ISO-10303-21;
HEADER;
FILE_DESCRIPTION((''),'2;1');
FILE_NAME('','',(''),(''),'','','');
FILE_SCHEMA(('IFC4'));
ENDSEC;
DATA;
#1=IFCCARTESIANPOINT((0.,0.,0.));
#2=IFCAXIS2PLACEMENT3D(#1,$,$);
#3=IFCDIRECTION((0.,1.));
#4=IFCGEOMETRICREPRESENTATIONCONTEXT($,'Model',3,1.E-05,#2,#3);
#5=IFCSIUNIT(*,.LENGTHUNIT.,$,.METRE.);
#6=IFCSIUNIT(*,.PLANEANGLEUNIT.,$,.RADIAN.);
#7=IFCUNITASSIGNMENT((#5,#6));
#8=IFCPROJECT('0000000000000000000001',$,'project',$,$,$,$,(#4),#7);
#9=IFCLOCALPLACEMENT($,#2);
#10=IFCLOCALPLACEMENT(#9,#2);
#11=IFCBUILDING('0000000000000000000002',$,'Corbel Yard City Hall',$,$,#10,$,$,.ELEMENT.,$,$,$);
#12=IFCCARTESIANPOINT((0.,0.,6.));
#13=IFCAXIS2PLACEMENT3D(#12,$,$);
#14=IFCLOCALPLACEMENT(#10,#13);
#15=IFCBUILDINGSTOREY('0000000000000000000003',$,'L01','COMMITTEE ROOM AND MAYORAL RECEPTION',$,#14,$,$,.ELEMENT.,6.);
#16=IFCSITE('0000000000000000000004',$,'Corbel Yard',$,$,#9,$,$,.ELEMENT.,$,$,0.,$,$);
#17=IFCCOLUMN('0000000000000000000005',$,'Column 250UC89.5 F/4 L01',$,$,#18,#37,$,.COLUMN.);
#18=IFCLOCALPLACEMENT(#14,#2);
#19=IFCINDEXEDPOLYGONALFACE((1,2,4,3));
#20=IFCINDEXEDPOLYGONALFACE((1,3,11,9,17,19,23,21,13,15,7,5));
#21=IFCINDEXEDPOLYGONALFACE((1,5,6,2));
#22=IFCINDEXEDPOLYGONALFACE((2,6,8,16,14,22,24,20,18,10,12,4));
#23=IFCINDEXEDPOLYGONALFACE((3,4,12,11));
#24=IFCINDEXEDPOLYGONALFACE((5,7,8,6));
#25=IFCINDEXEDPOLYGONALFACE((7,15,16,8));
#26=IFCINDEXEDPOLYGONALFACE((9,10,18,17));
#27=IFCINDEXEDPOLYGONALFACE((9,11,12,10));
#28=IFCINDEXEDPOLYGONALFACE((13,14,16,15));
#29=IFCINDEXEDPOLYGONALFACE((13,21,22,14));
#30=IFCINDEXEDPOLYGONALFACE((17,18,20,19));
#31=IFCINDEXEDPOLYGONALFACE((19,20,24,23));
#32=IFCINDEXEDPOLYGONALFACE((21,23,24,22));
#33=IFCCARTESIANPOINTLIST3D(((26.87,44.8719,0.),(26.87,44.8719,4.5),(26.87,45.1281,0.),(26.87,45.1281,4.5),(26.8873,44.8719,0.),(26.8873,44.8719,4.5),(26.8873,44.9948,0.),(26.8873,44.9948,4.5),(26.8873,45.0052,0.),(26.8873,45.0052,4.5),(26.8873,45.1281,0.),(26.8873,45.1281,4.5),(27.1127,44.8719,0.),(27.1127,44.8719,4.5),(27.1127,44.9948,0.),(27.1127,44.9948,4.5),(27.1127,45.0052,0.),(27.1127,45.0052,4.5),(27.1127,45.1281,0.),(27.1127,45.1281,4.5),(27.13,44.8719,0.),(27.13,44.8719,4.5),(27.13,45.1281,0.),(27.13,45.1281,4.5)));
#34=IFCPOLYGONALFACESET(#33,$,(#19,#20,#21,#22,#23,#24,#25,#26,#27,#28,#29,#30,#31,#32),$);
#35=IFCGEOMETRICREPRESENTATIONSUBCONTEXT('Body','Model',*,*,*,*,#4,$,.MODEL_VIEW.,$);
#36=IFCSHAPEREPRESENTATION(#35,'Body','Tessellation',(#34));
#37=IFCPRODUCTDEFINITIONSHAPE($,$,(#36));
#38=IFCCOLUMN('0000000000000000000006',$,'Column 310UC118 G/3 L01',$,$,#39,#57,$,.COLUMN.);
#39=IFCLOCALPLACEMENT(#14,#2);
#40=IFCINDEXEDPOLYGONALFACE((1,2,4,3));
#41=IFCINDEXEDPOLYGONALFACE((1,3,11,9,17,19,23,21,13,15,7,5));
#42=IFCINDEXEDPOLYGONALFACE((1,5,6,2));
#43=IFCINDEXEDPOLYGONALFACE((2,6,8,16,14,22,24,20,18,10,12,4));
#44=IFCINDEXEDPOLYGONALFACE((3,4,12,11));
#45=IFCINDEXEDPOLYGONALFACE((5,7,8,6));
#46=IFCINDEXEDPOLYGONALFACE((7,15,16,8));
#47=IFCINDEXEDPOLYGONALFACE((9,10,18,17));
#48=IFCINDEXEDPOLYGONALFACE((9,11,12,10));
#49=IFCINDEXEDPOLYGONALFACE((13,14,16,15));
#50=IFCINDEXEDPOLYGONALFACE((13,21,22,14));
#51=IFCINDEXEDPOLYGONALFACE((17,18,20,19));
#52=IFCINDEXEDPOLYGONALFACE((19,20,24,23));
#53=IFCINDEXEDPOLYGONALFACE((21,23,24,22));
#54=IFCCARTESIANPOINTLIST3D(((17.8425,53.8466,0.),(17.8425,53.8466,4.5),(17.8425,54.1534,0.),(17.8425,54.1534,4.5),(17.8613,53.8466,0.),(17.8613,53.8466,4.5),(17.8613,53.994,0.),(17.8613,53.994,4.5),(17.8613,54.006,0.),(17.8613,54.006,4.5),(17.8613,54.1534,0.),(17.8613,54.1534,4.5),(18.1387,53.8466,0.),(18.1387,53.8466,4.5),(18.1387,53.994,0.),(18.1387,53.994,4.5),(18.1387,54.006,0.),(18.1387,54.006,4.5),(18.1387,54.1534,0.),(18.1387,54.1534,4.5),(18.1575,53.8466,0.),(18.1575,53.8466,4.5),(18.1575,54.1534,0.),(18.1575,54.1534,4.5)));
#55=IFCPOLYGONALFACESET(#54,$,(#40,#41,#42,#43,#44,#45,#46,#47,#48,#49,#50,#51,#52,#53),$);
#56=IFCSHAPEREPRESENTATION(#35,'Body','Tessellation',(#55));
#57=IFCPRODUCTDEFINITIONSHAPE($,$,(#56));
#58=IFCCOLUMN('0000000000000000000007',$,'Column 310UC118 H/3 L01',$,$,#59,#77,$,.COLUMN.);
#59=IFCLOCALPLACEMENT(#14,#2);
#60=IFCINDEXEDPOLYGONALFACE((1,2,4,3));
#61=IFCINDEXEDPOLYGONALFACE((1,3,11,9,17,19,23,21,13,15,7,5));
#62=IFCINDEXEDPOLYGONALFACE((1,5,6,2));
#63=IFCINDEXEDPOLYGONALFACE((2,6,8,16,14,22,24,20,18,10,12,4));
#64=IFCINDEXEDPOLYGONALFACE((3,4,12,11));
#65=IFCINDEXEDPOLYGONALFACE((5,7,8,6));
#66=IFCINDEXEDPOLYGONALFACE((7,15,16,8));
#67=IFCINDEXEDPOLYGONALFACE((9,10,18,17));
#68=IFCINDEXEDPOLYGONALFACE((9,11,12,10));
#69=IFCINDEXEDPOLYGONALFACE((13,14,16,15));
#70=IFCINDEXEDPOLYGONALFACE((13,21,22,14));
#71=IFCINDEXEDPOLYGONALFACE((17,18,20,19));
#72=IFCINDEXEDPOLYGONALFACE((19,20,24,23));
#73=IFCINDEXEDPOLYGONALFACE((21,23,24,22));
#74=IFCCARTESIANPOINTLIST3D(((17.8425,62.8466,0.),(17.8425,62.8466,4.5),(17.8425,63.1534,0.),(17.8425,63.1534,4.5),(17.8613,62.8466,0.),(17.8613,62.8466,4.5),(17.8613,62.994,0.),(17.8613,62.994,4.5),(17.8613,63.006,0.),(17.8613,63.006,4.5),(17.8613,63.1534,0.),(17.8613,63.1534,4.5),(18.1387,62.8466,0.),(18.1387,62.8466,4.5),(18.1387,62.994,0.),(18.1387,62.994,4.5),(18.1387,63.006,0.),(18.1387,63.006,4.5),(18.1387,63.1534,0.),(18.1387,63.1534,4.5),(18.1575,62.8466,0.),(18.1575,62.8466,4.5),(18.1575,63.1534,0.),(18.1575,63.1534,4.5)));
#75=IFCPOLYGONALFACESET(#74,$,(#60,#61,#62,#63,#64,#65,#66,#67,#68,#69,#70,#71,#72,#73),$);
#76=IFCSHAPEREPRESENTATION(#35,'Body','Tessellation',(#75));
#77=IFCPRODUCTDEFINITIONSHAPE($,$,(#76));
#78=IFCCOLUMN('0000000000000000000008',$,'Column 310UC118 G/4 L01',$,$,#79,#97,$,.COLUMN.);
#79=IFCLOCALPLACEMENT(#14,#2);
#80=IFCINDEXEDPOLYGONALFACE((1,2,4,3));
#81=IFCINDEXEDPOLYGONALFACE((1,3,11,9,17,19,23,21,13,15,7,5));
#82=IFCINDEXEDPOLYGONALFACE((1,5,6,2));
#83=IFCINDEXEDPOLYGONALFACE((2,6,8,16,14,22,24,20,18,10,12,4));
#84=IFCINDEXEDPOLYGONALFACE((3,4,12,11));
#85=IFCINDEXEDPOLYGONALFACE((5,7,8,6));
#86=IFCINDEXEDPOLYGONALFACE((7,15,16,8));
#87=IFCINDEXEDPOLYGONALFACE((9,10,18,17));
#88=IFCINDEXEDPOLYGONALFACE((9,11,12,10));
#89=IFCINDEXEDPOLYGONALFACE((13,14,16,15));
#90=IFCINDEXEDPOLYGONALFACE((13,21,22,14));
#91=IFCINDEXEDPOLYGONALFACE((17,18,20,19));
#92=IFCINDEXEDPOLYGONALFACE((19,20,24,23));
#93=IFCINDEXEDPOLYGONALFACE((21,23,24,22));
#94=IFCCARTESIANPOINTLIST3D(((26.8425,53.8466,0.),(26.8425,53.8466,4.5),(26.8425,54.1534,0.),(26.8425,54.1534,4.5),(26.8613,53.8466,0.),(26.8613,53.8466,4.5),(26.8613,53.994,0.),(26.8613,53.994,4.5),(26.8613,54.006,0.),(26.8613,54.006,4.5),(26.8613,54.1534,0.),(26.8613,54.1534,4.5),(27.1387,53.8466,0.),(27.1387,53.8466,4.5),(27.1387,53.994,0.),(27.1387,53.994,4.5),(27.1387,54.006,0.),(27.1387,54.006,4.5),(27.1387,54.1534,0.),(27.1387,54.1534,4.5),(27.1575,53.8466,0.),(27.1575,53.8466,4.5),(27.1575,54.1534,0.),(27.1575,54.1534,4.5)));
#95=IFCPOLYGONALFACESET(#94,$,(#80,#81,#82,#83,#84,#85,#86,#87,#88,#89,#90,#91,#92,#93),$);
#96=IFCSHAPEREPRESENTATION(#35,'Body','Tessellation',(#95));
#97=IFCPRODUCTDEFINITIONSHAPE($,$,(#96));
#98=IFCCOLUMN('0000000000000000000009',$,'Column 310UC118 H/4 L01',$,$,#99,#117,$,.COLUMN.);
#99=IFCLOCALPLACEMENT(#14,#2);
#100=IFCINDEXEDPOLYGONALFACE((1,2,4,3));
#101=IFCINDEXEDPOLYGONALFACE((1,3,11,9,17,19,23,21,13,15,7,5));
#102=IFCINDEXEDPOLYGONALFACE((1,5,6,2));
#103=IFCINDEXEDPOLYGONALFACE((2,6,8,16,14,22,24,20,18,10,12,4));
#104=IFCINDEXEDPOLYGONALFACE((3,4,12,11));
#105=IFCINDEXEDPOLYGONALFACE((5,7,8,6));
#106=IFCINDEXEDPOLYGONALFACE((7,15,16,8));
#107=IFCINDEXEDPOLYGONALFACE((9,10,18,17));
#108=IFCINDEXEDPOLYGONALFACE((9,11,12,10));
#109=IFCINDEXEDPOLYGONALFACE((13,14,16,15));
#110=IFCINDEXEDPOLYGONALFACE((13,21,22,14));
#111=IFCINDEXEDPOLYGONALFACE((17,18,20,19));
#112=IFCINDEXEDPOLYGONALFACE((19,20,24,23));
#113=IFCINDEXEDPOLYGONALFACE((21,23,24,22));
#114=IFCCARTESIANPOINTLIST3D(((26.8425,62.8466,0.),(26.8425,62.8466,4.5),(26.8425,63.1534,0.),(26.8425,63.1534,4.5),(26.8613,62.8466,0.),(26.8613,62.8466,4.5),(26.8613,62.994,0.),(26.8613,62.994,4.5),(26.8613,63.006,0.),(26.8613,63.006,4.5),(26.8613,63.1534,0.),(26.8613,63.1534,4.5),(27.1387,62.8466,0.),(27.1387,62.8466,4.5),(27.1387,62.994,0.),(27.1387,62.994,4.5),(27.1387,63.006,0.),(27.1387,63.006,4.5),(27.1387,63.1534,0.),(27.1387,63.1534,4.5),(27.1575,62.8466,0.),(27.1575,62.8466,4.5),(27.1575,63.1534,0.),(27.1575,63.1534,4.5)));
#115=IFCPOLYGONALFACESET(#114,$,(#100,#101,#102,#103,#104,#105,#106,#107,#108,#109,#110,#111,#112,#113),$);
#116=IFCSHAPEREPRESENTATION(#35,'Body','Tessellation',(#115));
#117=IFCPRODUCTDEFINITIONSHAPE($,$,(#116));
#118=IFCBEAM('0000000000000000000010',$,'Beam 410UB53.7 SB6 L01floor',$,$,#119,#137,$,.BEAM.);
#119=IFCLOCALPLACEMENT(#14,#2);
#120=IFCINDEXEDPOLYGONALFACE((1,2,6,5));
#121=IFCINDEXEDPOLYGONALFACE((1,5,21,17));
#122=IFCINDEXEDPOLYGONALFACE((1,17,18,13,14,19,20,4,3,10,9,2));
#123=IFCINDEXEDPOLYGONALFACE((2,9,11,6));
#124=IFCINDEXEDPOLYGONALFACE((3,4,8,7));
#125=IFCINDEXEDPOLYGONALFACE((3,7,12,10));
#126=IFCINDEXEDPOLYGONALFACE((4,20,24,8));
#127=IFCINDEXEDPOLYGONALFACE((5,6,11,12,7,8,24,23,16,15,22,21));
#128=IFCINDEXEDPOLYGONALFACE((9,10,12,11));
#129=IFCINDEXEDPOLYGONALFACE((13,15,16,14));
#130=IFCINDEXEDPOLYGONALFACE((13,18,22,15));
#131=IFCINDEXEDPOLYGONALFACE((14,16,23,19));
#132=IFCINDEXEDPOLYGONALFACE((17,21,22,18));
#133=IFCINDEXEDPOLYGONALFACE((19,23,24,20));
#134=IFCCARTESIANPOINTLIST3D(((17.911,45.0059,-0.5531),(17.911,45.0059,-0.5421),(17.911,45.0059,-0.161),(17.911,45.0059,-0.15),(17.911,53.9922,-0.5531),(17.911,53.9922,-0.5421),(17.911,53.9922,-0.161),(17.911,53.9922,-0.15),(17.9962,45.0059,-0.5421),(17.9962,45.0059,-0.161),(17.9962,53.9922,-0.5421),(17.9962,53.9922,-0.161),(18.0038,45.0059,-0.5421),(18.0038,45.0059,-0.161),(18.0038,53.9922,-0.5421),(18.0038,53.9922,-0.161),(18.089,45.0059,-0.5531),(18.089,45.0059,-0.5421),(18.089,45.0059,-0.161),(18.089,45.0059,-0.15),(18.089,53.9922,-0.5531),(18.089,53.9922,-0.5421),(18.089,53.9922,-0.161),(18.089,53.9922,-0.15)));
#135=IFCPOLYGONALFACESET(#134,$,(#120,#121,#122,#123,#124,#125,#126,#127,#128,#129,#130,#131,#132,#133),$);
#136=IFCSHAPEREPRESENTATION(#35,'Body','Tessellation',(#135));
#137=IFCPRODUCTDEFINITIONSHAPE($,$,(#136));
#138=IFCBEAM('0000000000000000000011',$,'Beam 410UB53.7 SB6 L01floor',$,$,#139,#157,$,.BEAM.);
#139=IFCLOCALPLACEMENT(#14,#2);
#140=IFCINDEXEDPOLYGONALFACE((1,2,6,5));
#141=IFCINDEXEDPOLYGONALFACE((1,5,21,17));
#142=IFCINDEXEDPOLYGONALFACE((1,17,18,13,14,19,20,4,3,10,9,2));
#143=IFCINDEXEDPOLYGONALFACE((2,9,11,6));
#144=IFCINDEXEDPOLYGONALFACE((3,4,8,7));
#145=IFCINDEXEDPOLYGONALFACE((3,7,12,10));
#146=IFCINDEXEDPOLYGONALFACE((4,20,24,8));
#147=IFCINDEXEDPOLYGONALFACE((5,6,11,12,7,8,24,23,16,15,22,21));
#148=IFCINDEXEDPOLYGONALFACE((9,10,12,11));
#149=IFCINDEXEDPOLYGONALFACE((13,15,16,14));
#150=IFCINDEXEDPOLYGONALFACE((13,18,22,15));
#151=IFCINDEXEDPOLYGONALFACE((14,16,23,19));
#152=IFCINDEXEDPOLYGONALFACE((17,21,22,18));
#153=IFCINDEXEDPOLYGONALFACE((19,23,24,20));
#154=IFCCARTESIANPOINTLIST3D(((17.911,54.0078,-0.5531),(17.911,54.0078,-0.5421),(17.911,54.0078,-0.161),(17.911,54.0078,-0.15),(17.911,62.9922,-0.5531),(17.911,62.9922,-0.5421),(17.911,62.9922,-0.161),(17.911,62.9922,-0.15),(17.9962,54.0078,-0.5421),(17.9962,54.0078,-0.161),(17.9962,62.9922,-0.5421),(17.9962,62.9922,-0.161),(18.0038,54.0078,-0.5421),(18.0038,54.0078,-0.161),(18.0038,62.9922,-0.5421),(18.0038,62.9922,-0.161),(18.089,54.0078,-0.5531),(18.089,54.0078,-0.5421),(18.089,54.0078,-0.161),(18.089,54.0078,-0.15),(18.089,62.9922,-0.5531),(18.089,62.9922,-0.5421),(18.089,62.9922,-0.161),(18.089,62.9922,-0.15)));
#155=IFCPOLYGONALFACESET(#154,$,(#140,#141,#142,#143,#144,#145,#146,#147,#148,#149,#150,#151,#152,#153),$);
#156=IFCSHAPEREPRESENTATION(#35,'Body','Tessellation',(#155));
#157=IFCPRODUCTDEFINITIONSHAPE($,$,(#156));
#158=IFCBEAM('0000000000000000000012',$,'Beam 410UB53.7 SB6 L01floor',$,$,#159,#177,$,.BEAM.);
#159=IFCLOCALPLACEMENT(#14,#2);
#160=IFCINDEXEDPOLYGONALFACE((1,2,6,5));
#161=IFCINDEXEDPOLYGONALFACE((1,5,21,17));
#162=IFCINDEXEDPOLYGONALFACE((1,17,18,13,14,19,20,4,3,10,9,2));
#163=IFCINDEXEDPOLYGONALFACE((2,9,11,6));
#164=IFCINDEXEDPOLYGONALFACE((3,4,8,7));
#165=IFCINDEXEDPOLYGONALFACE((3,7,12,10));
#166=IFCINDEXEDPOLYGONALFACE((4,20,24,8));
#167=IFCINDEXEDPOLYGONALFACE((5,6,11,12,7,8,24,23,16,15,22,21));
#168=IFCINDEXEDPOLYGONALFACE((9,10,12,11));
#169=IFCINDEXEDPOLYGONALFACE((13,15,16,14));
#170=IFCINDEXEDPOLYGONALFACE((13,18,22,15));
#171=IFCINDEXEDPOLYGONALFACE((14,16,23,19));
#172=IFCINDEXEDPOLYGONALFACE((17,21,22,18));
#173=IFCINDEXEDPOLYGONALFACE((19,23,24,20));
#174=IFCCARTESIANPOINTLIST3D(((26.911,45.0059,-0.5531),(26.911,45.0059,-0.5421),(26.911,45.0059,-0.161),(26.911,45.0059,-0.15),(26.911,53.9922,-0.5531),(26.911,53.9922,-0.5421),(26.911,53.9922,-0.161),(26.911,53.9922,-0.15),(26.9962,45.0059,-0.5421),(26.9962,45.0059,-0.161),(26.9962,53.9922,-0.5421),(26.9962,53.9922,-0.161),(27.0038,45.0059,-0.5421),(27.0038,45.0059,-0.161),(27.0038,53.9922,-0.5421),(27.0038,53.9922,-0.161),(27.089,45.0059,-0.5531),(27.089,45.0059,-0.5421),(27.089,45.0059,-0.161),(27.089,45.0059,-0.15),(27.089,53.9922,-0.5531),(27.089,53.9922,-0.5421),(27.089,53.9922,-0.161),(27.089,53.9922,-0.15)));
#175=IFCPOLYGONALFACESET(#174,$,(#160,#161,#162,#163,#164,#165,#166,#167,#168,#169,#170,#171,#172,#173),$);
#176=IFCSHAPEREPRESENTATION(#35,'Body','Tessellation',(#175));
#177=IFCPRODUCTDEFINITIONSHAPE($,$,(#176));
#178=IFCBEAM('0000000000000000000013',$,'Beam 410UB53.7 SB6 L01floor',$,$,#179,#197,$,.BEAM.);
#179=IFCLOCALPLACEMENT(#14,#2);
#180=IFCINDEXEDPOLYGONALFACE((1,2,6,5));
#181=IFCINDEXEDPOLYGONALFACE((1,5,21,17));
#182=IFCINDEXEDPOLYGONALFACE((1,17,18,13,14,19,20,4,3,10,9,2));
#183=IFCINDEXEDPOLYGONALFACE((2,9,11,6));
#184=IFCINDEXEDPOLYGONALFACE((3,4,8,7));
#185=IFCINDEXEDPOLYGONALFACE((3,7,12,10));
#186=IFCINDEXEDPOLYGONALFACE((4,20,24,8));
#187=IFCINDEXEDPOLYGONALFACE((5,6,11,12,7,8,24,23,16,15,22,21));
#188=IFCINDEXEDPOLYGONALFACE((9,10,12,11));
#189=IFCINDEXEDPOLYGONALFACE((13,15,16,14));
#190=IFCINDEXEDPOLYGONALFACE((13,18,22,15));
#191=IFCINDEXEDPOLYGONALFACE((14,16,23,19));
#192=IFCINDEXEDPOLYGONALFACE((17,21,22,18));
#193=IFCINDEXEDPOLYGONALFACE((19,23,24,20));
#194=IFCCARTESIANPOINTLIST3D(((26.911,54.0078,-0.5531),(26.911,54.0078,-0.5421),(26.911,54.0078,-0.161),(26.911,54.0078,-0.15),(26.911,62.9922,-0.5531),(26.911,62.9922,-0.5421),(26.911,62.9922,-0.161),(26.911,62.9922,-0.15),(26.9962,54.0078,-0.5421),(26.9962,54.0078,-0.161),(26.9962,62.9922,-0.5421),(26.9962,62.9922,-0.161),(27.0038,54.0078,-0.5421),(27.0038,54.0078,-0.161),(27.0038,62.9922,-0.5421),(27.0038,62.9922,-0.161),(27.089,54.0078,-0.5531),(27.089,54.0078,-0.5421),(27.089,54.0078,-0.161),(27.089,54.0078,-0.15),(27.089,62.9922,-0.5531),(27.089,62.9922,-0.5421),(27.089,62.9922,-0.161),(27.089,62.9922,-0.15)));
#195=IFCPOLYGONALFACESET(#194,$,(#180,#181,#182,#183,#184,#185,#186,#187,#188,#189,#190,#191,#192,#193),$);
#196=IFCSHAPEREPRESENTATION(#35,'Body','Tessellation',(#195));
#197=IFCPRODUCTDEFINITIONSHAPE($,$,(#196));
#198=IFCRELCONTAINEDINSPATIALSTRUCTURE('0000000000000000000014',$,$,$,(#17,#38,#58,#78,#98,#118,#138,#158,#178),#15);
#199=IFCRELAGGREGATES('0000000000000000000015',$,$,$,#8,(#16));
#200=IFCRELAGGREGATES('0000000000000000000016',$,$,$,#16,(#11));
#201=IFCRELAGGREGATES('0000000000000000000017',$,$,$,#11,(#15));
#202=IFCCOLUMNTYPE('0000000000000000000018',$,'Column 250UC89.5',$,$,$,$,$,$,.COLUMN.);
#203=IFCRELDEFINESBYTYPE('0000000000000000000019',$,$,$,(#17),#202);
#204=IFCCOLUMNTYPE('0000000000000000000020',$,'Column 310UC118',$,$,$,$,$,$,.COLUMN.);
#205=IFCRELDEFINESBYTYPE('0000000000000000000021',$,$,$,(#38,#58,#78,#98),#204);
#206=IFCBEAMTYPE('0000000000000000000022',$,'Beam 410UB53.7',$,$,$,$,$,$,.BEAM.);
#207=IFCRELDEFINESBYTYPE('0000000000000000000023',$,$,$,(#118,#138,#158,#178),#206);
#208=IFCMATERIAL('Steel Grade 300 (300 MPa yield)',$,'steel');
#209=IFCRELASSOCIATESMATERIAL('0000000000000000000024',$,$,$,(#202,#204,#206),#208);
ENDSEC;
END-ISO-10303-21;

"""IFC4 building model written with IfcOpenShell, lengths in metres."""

from ifc_helpers import new_model, si_unit, direction, frame, origin, origin_2d, place, context, subcontext, project, spatial, i_section, extrude, material, material_profile, profile_set, type_object, element, save


model = new_model("IFC4")

# Units and contexts
model_context = context("Model", 3, precision=1e-05, world=origin(), true_north=direction((0.0, 1.0)))
body_context = subcontext(model_context, "Body", "Model", "MODEL_VIEW")
ifc_project = project(units=[si_unit("LENGTHUNIT", "METRE"), si_unit("PLANEANGLEUNIT", "RADIAN")], contexts=[model_context])

# Site, building, storey
site_placement = place(None, origin())
site = spatial("IfcSite", under=ifc_project, at=site_placement, Name="Corbel Yard", CompositionType="ELEMENT", RefElevation=0.0)
building_placement = place(site_placement, origin())
building = spatial("IfcBuilding", under=site, at=building_placement, Name="Corbel Yard City Hall", CompositionType="ELEMENT")
storey_placement = place(building_placement, frame((0.0, 0.0, 6.0)))
storey = spatial("IfcBuildingStorey", under=building, at=storey_placement, Name="L01", Description="COMMITTEE ROOM AND MAYORAL RECEPTION", CompositionType="ELEMENT", Elevation=6.0)

# Columns
ifc_material_1 = material(Name="Steel Grade 300 (300 MPa yield)", Category="steel")
ifc_material_profile_1 = material_profile(ifc_material_1, i_section(OverallWidth=0.2561, OverallDepth=0.26, WebThickness=0.0105, FlangeThickness=0.0173, at=origin_2d()), Name="250UC89.5")
ifc_profile_set_1 = profile_set([ifc_material_profile_1], Name="Steel Grade 300 (300 MPa yield)")
column_type_1 = type_object("IfcColumnType", Name="Column 250UC89.5", PredefinedType="COLUMN", material=ifc_profile_set_1)
column_placement = place(storey_placement, frame((27.0, 45.0, 0.0), z_axis=(0.0, 0.0, 1.0), x_axis=(0.0, 1.0, 0.0)))
element("IfcColumn", 1, at=column_placement, inside=storey, type_object=column_type_1, Name="Column 250UC89.5 F/4 L01", PredefinedType="COLUMN", context=body_context, shape_type="SweptSolid", body=[
    extrude(i_section(OverallWidth=0.2561, OverallDepth=0.26, WebThickness=0.0105, FlangeThickness=0.0173, at=origin_2d()), origin(), (0.0, 0.0, 1.0), 4.5),
])
ifc_material_profile_2 = material_profile(ifc_material_1, i_section(OverallWidth=0.3069, OverallDepth=0.3149, WebThickness=0.012, FlangeThickness=0.0188, at=origin_2d()), Name="310UC118")
ifc_profile_set_2 = profile_set([ifc_material_profile_2], Name="Steel Grade 300 (300 MPa yield)")
column_type_2 = type_object("IfcColumnType", Name="Column 310UC118", PredefinedType="COLUMN", material=ifc_profile_set_2)
for number, where, z_axis, x_axis, name in (
    (2, (18.0, 54.0, 0.0), (0.0, 0.0, 1.0), (0.0, 1.0, 0.0), "Column 310UC118 G/3 L01"),
    (3, (18.0, 63.0, 0.0), (0.0, 0.0, 1.0), (0.0, 1.0, 0.0), "Column 310UC118 H/3 L01"),
    (4, (27.0, 54.0, 0.0), (0.0, 0.0, 1.0), (0.0, 1.0, 0.0), "Column 310UC118 G/4 L01"),
    (5, (27.0, 63.0, 0.0), (0.0, 0.0, 1.0), (0.0, 1.0, 0.0), "Column 310UC118 H/4 L01"),
):
    element("IfcColumn", number, at=place(storey_placement, frame(where, z_axis=z_axis, x_axis=x_axis)), inside=storey, type_object=column_type_2, Name=name, PredefinedType="COLUMN", context=body_context, shape_type="SweptSolid", body=[
        extrude(i_section(OverallWidth=0.3069, OverallDepth=0.3149, WebThickness=0.012, FlangeThickness=0.0188, at=origin_2d()), origin(), (0.0, 0.0, 1.0), 4.5),
    ])

# Beams
ifc_material_profile_3 = material_profile(ifc_material_1, i_section(OverallWidth=0.178, OverallDepth=0.4031, WebThickness=0.0076, FlangeThickness=0.011, at=origin_2d()), Name="410UB53.7")
ifc_profile_set_3 = profile_set([ifc_material_profile_3], Name="Steel Grade 300 (300 MPa yield)")
beam_type_1 = type_object("IfcBeamType", Name="Beam 410UB53.7", PredefinedType="BEAM", material=ifc_profile_set_3)
beam_1_placement = place(storey_placement, frame((18.0, 45.0059, -0.3516), z_axis=(0.0, 1.0, 0.0), x_axis=(-1.0, 0.0, 0.0)))
element("IfcBeam", 6, at=beam_1_placement, inside=storey, type_object=beam_type_1, Name="Beam 410UB53.7 SB6 L01floor", PredefinedType="BEAM", context=body_context, shape_type="SweptSolid", body=[
    extrude(i_section(OverallWidth=0.178, OverallDepth=0.4031, WebThickness=0.0076, FlangeThickness=0.011, at=origin_2d()), origin(), (0.0, 0.0, 1.0), 8.9863),
])
beam_2_placement = place(storey_placement, frame((18.0, 54.0078, -0.3516), z_axis=(0.0, 1.0, 0.0), x_axis=(-1.0, 0.0, 0.0)))
element("IfcBeam", 7, at=beam_2_placement, inside=storey, type_object=beam_type_1, Name="Beam 410UB53.7 SB6 L01floor", PredefinedType="BEAM", context=body_context, shape_type="SweptSolid", body=[
    extrude(i_section(OverallWidth=0.178, OverallDepth=0.4031, WebThickness=0.0076, FlangeThickness=0.011, at=origin_2d()), origin(), (0.0, 0.0, 1.0), 8.9844),
])
beam_3_placement = place(storey_placement, frame((27.0, 45.0059, -0.3516), z_axis=(0.0, 1.0, 0.0), x_axis=(-1.0, 0.0, 0.0)))
element("IfcBeam", 8, at=beam_3_placement, inside=storey, type_object=beam_type_1, Name="Beam 410UB53.7 SB6 L01floor", PredefinedType="BEAM", context=body_context, shape_type="SweptSolid", body=[
    extrude(i_section(OverallWidth=0.178, OverallDepth=0.4031, WebThickness=0.0076, FlangeThickness=0.011, at=origin_2d()), origin(), (0.0, 0.0, 1.0), 8.9863),
])
beam_4_placement = place(storey_placement, frame((27.0, 54.0078, -0.3516), z_axis=(0.0, 1.0, 0.0), x_axis=(-1.0, 0.0, 0.0)))
element("IfcBeam", 9, at=beam_4_placement, inside=storey, type_object=beam_type_1, Name="Beam 410UB53.7 SB6 L01floor", PredefinedType="BEAM", context=body_context, shape_type="SweptSolid", body=[
    extrude(i_section(OverallWidth=0.178, OverallDepth=0.4031, WebThickness=0.0076, FlangeThickness=0.011, at=origin_2d()), origin(), (0.0, 0.0, 1.0), 8.9844),
])

save(model, "model.ifc")
